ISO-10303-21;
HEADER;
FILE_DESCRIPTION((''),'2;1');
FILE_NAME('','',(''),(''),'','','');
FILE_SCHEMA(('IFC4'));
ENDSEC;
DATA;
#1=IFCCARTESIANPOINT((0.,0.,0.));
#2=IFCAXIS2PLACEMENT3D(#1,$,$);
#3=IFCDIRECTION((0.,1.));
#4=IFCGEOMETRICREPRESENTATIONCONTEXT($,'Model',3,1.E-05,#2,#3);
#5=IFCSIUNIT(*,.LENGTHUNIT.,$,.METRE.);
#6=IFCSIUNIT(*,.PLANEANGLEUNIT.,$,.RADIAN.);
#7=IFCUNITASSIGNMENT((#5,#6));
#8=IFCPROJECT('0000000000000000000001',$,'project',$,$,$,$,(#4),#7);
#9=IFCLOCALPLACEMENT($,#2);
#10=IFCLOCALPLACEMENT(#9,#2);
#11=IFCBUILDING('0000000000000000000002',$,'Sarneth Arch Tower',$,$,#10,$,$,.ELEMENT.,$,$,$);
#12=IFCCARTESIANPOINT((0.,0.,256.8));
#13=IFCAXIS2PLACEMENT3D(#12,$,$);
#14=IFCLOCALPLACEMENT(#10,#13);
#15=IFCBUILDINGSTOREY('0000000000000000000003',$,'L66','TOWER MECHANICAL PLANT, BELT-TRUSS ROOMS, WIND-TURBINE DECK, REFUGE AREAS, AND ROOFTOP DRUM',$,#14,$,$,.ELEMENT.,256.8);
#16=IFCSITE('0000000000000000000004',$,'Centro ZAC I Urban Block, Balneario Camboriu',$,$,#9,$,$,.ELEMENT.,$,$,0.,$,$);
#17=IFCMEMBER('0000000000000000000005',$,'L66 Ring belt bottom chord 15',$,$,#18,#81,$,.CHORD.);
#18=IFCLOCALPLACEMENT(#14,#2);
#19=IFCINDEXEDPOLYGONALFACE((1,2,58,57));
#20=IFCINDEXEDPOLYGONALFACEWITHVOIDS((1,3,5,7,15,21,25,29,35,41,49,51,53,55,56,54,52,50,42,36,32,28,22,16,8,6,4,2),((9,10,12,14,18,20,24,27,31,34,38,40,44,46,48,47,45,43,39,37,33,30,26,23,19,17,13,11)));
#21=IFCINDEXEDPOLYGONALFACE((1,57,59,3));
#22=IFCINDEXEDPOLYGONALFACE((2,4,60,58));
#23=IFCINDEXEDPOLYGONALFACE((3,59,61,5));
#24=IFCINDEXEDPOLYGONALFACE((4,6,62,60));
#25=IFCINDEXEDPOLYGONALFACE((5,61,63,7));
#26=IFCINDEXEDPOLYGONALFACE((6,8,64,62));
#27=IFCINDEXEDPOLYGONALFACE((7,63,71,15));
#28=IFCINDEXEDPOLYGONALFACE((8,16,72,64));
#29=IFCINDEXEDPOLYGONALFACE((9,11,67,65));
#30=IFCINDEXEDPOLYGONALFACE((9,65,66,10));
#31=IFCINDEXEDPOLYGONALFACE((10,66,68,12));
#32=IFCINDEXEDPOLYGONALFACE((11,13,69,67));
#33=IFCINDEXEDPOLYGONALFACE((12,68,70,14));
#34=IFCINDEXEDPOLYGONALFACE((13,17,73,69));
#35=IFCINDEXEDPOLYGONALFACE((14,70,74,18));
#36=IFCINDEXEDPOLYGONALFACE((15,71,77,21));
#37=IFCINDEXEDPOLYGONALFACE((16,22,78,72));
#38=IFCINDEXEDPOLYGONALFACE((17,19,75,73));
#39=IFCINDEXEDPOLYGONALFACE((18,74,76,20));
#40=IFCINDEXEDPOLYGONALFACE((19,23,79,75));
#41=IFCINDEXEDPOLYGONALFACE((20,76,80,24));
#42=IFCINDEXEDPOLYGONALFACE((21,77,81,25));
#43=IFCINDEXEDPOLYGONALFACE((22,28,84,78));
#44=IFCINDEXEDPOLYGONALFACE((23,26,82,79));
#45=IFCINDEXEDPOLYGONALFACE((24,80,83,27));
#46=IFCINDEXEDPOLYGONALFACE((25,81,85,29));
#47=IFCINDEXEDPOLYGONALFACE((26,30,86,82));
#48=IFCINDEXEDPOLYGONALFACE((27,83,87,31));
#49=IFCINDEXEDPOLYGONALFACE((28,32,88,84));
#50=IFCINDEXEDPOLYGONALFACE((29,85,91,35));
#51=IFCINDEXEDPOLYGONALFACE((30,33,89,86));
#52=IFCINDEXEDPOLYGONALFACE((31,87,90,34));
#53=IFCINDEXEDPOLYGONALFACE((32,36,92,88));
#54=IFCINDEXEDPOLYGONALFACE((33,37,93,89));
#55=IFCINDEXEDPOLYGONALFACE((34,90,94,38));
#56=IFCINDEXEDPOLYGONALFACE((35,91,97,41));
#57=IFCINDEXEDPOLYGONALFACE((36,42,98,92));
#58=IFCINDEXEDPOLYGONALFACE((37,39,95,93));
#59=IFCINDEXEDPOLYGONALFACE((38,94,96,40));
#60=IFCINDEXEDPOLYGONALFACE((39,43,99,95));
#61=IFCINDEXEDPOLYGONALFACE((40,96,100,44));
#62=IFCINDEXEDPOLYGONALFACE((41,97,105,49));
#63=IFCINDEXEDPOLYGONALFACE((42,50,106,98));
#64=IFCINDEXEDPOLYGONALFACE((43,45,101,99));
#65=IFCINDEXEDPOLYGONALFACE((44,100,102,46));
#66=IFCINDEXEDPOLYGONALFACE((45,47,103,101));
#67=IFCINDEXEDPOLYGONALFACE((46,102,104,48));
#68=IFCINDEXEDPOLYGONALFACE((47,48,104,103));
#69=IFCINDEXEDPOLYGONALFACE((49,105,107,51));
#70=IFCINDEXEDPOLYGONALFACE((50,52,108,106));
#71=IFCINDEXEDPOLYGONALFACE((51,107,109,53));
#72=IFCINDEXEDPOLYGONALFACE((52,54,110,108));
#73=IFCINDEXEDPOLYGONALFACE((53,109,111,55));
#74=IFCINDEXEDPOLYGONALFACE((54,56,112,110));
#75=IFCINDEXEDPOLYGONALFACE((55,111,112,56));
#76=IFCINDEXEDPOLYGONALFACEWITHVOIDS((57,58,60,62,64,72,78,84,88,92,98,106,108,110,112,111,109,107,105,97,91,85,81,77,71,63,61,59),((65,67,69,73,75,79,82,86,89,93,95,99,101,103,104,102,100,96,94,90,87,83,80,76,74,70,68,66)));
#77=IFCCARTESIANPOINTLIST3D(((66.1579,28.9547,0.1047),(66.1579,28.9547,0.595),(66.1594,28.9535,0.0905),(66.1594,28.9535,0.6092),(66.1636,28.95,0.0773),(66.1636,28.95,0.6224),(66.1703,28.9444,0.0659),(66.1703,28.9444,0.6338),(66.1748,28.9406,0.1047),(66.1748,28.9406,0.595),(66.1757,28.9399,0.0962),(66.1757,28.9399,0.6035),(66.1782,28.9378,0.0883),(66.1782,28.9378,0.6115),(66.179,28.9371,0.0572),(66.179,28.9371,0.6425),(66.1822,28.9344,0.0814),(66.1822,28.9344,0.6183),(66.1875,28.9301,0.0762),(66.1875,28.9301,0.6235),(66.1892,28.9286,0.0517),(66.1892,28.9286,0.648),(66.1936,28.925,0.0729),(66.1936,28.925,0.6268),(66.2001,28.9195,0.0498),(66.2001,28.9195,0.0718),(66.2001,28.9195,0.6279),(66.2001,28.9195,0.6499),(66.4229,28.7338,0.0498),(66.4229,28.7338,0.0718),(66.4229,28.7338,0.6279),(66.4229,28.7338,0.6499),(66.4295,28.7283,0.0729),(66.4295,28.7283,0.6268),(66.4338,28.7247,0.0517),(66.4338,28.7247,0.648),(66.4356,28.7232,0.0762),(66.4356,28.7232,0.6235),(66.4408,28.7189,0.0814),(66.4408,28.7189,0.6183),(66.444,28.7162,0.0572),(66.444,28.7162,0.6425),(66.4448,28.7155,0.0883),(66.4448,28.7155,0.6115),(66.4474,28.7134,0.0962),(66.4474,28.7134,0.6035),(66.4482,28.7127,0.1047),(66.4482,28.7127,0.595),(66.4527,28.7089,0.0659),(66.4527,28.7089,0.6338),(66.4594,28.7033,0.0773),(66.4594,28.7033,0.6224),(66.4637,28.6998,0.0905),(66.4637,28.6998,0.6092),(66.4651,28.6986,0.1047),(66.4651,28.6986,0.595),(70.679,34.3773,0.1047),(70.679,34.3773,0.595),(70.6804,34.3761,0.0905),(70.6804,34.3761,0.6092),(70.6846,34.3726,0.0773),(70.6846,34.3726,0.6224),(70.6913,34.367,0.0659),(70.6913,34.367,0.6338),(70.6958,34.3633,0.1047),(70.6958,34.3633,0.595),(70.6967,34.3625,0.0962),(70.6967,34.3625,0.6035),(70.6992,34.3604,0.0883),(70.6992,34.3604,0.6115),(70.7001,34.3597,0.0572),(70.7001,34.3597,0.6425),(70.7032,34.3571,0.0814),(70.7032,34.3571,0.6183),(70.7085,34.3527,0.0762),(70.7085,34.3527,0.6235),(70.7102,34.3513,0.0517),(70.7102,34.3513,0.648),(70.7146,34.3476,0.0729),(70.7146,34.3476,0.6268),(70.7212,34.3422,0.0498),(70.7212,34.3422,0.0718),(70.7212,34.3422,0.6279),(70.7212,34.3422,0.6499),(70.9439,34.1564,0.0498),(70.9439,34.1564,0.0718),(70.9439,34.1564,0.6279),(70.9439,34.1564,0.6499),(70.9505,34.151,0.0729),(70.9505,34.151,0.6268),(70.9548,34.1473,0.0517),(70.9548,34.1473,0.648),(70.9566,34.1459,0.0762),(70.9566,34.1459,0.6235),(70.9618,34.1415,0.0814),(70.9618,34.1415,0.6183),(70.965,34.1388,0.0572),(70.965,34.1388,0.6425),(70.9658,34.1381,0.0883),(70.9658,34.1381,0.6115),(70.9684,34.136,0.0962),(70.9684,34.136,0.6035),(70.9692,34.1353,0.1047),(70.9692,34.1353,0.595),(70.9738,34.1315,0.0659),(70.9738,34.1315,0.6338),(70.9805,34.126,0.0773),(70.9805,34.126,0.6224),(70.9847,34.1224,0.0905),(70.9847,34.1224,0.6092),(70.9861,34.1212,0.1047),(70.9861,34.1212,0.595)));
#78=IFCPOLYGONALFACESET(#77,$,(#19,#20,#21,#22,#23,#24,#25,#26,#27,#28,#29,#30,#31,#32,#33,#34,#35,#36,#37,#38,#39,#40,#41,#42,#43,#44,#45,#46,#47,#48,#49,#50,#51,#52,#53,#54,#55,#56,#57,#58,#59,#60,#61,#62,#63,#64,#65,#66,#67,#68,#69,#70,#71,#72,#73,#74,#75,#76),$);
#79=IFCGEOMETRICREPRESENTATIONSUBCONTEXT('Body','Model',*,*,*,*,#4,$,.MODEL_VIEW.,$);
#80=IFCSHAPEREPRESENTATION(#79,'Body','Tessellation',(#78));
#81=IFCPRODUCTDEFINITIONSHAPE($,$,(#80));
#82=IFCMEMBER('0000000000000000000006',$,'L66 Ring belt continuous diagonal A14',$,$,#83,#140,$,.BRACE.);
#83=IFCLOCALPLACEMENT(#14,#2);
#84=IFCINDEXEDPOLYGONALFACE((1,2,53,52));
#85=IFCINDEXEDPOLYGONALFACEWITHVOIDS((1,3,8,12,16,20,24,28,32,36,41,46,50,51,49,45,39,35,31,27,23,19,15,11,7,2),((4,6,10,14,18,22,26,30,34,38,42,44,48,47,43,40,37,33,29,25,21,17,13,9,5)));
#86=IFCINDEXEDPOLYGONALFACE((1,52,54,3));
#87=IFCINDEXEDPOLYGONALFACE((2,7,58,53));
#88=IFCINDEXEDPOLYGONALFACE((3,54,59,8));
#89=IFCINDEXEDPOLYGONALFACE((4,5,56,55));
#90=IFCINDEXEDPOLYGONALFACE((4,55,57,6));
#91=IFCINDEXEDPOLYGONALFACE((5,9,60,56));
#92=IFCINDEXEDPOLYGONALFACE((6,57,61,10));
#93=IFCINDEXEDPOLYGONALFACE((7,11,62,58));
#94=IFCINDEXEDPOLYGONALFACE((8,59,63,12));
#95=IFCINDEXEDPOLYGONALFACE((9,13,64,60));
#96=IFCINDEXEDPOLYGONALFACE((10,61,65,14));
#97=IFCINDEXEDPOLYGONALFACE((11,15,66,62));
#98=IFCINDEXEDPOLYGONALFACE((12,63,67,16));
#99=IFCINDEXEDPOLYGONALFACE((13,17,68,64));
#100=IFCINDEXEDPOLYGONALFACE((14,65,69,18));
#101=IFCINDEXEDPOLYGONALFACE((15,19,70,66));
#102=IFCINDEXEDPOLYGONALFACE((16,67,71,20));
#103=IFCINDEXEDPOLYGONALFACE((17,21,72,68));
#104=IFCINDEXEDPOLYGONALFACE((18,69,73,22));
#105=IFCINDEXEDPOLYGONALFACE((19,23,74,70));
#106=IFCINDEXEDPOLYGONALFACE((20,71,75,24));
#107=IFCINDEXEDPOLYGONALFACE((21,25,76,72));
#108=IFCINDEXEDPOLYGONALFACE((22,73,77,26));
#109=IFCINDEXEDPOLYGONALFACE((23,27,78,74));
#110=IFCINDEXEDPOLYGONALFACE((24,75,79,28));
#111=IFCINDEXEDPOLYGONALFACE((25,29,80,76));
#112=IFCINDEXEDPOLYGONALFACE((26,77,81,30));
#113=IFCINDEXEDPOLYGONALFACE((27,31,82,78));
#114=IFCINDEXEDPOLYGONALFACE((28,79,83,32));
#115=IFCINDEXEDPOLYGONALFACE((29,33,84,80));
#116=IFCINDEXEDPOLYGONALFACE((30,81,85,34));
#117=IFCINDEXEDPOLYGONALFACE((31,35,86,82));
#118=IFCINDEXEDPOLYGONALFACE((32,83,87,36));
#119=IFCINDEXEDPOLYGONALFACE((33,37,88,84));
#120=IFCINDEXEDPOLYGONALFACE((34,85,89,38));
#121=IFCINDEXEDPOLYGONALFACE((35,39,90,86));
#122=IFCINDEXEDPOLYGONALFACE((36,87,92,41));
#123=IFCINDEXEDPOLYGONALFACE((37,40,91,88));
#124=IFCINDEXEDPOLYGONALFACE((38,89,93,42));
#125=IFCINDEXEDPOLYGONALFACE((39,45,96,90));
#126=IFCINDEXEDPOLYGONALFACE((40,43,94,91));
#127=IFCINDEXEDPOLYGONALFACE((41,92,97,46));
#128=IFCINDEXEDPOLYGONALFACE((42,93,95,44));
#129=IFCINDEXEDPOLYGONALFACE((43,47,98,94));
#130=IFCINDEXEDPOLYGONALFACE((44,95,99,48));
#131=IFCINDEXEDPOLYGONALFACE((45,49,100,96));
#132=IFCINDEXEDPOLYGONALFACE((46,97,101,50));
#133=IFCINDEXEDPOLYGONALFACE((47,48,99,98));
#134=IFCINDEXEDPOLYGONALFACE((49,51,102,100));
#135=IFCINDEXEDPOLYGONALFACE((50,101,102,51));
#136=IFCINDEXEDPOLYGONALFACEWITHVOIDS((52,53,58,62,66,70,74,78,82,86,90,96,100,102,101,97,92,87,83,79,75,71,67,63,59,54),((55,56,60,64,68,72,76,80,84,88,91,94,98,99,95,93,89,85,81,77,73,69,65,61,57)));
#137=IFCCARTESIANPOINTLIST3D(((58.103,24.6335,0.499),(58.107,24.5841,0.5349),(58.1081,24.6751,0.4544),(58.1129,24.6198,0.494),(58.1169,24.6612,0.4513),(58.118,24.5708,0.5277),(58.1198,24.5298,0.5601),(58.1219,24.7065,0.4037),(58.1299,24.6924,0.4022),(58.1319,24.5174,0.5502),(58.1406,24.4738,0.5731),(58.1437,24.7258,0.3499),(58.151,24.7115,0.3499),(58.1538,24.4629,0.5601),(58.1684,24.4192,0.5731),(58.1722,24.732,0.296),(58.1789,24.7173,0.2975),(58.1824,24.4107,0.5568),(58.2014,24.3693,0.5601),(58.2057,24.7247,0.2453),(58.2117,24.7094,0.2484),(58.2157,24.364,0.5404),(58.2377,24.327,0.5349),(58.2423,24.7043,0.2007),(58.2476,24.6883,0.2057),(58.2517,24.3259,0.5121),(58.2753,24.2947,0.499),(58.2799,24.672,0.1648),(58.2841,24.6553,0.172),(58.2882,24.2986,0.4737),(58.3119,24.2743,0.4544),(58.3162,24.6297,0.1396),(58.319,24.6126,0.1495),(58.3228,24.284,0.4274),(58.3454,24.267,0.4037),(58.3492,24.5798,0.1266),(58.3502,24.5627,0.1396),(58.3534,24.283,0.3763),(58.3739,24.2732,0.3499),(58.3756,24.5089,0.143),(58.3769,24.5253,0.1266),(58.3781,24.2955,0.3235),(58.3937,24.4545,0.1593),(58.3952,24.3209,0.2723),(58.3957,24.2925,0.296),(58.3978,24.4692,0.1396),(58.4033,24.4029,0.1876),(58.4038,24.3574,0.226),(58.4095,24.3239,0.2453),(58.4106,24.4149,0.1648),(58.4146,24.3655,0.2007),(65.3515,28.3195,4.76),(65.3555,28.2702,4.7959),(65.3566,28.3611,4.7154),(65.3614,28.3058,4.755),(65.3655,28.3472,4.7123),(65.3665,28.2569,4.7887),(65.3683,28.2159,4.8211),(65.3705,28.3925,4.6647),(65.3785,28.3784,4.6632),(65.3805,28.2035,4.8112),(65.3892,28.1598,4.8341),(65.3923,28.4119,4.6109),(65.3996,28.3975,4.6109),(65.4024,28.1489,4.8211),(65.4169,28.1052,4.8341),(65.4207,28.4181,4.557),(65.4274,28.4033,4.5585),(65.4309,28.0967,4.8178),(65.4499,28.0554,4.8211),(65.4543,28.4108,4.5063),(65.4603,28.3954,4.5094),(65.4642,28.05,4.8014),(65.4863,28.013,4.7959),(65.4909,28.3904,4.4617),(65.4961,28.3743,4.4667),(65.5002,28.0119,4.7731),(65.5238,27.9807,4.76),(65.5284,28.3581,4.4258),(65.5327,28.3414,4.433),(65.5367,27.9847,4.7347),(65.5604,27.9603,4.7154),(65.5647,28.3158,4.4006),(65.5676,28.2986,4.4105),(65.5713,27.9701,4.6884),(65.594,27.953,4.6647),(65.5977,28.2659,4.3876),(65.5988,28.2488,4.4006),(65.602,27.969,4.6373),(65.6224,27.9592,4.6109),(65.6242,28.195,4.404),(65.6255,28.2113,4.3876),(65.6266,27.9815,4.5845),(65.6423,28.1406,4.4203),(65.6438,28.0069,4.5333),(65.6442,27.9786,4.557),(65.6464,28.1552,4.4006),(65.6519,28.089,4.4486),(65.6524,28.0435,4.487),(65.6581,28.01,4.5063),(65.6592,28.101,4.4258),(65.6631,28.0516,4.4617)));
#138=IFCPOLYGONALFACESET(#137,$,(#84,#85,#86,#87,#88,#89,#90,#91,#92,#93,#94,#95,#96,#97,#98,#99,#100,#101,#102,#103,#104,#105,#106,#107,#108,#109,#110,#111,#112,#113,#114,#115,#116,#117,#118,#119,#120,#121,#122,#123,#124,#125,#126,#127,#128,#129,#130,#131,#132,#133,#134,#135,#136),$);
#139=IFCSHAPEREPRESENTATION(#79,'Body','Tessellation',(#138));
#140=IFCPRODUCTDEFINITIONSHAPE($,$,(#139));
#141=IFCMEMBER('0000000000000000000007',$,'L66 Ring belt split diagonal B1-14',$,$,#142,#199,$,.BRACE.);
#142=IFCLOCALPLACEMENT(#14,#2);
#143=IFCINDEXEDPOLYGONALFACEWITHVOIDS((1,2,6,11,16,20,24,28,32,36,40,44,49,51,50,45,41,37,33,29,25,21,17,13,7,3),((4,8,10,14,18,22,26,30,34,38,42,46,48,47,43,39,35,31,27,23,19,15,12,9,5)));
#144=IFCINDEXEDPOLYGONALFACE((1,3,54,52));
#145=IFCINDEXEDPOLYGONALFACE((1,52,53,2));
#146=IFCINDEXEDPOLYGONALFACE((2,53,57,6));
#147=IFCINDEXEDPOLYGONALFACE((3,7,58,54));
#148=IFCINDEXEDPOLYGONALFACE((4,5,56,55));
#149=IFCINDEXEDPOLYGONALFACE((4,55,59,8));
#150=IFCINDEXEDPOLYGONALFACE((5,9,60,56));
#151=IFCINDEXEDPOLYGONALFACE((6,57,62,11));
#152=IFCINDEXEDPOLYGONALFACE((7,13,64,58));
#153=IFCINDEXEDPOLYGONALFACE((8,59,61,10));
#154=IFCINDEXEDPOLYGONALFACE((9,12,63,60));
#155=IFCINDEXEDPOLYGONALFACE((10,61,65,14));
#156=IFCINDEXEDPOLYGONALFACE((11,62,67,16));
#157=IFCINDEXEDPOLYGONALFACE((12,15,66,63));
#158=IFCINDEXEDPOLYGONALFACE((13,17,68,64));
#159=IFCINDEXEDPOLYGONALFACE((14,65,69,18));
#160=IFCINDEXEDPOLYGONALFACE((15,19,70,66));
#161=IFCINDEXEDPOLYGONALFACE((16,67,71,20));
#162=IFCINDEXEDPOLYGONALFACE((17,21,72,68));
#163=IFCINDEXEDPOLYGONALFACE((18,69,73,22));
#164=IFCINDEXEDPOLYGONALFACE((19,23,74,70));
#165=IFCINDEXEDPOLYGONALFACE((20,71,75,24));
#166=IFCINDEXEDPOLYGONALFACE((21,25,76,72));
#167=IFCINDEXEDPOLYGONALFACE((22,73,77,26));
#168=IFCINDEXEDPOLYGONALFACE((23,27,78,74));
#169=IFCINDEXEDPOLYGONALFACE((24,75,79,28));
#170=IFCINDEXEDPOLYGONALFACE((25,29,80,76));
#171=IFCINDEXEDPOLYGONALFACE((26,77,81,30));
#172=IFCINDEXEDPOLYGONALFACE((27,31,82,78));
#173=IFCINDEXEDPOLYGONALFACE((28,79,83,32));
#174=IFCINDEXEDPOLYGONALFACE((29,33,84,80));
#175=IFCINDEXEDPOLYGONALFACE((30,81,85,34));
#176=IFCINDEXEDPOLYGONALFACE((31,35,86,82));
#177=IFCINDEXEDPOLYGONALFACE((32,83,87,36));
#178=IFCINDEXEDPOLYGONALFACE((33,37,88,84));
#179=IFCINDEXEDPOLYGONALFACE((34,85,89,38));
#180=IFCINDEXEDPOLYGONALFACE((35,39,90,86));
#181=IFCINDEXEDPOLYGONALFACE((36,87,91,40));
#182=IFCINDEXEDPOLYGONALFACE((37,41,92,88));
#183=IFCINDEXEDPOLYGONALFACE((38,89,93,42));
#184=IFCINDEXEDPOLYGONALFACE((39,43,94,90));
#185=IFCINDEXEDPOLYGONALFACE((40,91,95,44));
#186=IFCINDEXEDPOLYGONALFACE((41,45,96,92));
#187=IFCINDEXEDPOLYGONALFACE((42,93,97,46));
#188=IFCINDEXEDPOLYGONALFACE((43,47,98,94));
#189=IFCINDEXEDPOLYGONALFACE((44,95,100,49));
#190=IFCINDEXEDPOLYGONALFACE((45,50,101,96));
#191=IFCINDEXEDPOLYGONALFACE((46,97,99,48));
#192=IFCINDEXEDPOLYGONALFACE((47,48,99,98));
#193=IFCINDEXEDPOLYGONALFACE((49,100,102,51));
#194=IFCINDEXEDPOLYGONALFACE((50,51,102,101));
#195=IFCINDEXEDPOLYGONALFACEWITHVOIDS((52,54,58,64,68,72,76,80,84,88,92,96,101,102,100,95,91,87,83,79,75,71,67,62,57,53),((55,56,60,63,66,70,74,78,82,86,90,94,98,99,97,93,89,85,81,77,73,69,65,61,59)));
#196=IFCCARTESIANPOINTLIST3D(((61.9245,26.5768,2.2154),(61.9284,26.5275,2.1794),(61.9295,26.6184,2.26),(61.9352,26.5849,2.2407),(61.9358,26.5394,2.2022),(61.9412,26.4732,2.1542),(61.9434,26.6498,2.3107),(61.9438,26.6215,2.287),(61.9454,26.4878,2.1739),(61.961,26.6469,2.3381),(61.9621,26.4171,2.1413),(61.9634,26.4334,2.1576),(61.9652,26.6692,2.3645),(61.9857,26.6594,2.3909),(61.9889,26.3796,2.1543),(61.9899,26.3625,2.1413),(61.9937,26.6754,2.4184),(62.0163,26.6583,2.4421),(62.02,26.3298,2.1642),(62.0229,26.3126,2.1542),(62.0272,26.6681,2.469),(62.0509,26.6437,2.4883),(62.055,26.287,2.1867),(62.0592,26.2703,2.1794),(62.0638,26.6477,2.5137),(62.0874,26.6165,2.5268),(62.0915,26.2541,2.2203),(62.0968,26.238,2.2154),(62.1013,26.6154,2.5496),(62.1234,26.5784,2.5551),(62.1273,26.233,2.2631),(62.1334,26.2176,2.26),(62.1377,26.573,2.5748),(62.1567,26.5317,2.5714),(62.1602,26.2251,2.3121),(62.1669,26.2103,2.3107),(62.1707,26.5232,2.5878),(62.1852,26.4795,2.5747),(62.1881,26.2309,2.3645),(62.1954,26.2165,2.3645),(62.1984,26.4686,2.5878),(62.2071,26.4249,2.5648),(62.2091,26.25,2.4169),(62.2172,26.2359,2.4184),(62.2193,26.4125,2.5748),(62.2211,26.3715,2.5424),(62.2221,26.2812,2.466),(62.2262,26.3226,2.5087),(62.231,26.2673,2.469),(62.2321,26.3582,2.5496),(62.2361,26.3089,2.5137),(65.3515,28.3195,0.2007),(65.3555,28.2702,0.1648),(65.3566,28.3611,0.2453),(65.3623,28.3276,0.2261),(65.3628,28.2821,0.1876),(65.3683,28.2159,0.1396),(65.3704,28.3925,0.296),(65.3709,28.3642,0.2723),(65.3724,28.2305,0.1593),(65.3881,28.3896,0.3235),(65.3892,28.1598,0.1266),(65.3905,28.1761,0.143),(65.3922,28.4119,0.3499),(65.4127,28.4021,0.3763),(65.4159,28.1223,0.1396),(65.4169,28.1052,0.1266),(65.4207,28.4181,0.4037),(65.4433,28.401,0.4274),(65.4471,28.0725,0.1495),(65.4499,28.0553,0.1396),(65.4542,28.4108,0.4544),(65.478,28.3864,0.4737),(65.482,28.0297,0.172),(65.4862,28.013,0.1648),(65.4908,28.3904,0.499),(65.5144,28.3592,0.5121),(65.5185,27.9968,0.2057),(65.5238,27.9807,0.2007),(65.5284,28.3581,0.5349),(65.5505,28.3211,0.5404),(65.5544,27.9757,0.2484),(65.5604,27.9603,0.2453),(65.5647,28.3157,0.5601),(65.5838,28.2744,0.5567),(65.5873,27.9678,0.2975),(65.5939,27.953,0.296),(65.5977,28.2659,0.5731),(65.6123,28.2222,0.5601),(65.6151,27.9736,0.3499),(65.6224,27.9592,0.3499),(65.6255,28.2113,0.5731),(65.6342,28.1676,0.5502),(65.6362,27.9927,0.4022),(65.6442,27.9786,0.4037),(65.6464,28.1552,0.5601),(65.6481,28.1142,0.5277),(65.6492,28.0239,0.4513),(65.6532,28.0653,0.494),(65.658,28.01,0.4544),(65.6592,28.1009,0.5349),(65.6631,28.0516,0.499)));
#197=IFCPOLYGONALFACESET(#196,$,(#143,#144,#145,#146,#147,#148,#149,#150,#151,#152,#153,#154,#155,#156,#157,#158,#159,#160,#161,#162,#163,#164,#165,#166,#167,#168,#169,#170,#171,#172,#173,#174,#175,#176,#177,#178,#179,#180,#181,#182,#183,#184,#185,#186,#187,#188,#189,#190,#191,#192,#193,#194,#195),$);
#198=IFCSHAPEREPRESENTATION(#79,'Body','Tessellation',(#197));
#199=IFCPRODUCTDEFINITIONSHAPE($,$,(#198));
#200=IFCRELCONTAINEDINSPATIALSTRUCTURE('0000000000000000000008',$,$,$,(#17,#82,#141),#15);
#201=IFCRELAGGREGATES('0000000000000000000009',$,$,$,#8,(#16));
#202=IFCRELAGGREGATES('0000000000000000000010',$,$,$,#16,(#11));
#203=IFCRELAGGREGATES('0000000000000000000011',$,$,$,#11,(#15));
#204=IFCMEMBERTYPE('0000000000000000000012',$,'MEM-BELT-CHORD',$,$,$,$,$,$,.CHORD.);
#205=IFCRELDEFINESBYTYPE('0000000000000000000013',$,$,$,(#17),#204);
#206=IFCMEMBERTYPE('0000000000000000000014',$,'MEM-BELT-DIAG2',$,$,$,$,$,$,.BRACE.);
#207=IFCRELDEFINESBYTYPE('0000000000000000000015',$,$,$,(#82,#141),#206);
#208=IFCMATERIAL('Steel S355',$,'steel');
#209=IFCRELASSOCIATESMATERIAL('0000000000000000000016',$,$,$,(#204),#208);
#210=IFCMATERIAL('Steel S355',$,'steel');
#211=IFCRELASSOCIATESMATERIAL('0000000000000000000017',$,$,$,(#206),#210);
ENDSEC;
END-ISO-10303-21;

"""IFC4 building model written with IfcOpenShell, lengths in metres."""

from ifc_helpers import new_model, si_unit, direction, frame, origin, origin_2d, place, context, subcontext, project, spatial, hollow_rectangle, hollow_circle, extrude, material, material_profile, profile_set, type_object, element, save


model = new_model("IFC4")

# Units and contexts
model_context = context("Model", 3, precision=1e-05, world=origin(), true_north=direction((0.0, 1.0)))
body_context = subcontext(model_context, "Body", "Model", "MODEL_VIEW")
ifc_project = project(units=[si_unit("LENGTHUNIT", "METRE"), si_unit("PLANEANGLEUNIT", "RADIAN")], contexts=[model_context])

# Site, building, storey
site_placement = place(None, origin())
site = spatial("IfcSite", under=ifc_project, at=site_placement, Name="Centro ZAC I Urban Block, Balneario Camboriu", CompositionType="ELEMENT", RefElevation=0.0)
building_placement = place(site_placement, origin())
building = spatial("IfcBuilding", under=site, at=building_placement, Name="Sarneth Arch Tower", CompositionType="ELEMENT")
storey_placement = place(building_placement, frame((0.0, 0.0, 256.8)))
storey = spatial("IfcBuildingStorey", under=building, at=storey_placement, Name="L66", Description="TOWER MECHANICAL PLANT, BELT-TRUSS ROOMS, WIND-TURBINE DECK, REFUGE AREAS, AND ROOFTOP DRUM", CompositionType="ELEMENT", Elevation=256.8)

# Members
ifc_material_1 = material(Name="Steel S355", Category="steel")
ifc_material_profile_1 = material_profile(ifc_material_1, hollow_rectangle(XDim=0.3999, YDim=0.6001, WallThickness=0.022, InnerFilletRadius=0.033, OuterFilletRadius=0.0549, at=origin_2d()), Name="RHS600x400x22")
ifc_profile_set_1 = profile_set([ifc_material_profile_1], Name="Steel S355")
member_type_1 = type_object("IfcMemberType", Name="MEM-BELT-CHORD", PredefinedType="CHORD", material=ifc_profile_set_1)
member_1_placement = place(storey_placement, frame((66.3115, 28.8267, 0.3499), z_axis=(0.640365, 0.768071, 0.0), x_axis=(-0.768071, 0.640365, 0.0)))
element("IfcMember", 1, at=member_1_placement, inside=storey, type_object=member_type_1, Name="L66 Ring belt bottom chord 15", PredefinedType="CHORD", context=body_context, shape_type="SweptSolid", body=[
    extrude(hollow_rectangle(XDim=0.3999, YDim=0.6001, WallThickness=0.022, InnerFilletRadius=0.033, OuterFilletRadius=0.0549, at=origin_2d()), origin(), (0.0, 0.0, 1.0), 7.0601),
])
ifc_material_2 = material(Name="Steel S355", Category="steel")
ifc_material_profile_2 = material_profile(ifc_material_2, hollow_circle(Radius=0.2539, WallThickness=0.0161, at=origin_2d()), Name="CHS508x16")
ifc_profile_set_2 = profile_set([ifc_material_profile_2], Name="Steel S355")
member_type_2 = type_object("IfcMemberType", Name="MEM-BELT-DIAG2", PredefinedType="BRACE", material=ifc_profile_set_2)
member_2_placement = place(storey_placement, frame((58.2588, 24.4995, 0.3499), z_axis=(0.789546, 0.401501, 0.464127), x_axis=(-0.45328, 0.891368, 0.0)))
element("IfcMember", 2, at=member_2_placement, inside=storey, type_object=member_type_2, Name="L66 Ring belt continuous diagonal A14", PredefinedType="BRACE", context=body_context, shape_type="SweptSolid", body=[
    extrude(hollow_circle(Radius=0.2539, WallThickness=0.0161, at=origin_2d()), origin(), (0.0, 0.0, 1.0), 9.1807),
])
member_3_placement = place(storey_placement, frame((65.5073, 28.1855, 0.3499), z_axis=(-0.789538, -0.401491, 0.46415), x_axis=(0.453274, -0.891371, 0.0)))
element("IfcMember", 3, at=member_3_placement, inside=storey, type_object=member_type_2, Name="L66 Ring belt split diagonal B1-14", PredefinedType="BRACE", context=body_context, shape_type="SweptSolid", body=[
    extrude(hollow_circle(Radius=0.2539, WallThickness=0.0161, at=origin_2d()), origin(), (0.0, 0.0, 1.0), 4.3406),
])

save(model, "model.ifc")
